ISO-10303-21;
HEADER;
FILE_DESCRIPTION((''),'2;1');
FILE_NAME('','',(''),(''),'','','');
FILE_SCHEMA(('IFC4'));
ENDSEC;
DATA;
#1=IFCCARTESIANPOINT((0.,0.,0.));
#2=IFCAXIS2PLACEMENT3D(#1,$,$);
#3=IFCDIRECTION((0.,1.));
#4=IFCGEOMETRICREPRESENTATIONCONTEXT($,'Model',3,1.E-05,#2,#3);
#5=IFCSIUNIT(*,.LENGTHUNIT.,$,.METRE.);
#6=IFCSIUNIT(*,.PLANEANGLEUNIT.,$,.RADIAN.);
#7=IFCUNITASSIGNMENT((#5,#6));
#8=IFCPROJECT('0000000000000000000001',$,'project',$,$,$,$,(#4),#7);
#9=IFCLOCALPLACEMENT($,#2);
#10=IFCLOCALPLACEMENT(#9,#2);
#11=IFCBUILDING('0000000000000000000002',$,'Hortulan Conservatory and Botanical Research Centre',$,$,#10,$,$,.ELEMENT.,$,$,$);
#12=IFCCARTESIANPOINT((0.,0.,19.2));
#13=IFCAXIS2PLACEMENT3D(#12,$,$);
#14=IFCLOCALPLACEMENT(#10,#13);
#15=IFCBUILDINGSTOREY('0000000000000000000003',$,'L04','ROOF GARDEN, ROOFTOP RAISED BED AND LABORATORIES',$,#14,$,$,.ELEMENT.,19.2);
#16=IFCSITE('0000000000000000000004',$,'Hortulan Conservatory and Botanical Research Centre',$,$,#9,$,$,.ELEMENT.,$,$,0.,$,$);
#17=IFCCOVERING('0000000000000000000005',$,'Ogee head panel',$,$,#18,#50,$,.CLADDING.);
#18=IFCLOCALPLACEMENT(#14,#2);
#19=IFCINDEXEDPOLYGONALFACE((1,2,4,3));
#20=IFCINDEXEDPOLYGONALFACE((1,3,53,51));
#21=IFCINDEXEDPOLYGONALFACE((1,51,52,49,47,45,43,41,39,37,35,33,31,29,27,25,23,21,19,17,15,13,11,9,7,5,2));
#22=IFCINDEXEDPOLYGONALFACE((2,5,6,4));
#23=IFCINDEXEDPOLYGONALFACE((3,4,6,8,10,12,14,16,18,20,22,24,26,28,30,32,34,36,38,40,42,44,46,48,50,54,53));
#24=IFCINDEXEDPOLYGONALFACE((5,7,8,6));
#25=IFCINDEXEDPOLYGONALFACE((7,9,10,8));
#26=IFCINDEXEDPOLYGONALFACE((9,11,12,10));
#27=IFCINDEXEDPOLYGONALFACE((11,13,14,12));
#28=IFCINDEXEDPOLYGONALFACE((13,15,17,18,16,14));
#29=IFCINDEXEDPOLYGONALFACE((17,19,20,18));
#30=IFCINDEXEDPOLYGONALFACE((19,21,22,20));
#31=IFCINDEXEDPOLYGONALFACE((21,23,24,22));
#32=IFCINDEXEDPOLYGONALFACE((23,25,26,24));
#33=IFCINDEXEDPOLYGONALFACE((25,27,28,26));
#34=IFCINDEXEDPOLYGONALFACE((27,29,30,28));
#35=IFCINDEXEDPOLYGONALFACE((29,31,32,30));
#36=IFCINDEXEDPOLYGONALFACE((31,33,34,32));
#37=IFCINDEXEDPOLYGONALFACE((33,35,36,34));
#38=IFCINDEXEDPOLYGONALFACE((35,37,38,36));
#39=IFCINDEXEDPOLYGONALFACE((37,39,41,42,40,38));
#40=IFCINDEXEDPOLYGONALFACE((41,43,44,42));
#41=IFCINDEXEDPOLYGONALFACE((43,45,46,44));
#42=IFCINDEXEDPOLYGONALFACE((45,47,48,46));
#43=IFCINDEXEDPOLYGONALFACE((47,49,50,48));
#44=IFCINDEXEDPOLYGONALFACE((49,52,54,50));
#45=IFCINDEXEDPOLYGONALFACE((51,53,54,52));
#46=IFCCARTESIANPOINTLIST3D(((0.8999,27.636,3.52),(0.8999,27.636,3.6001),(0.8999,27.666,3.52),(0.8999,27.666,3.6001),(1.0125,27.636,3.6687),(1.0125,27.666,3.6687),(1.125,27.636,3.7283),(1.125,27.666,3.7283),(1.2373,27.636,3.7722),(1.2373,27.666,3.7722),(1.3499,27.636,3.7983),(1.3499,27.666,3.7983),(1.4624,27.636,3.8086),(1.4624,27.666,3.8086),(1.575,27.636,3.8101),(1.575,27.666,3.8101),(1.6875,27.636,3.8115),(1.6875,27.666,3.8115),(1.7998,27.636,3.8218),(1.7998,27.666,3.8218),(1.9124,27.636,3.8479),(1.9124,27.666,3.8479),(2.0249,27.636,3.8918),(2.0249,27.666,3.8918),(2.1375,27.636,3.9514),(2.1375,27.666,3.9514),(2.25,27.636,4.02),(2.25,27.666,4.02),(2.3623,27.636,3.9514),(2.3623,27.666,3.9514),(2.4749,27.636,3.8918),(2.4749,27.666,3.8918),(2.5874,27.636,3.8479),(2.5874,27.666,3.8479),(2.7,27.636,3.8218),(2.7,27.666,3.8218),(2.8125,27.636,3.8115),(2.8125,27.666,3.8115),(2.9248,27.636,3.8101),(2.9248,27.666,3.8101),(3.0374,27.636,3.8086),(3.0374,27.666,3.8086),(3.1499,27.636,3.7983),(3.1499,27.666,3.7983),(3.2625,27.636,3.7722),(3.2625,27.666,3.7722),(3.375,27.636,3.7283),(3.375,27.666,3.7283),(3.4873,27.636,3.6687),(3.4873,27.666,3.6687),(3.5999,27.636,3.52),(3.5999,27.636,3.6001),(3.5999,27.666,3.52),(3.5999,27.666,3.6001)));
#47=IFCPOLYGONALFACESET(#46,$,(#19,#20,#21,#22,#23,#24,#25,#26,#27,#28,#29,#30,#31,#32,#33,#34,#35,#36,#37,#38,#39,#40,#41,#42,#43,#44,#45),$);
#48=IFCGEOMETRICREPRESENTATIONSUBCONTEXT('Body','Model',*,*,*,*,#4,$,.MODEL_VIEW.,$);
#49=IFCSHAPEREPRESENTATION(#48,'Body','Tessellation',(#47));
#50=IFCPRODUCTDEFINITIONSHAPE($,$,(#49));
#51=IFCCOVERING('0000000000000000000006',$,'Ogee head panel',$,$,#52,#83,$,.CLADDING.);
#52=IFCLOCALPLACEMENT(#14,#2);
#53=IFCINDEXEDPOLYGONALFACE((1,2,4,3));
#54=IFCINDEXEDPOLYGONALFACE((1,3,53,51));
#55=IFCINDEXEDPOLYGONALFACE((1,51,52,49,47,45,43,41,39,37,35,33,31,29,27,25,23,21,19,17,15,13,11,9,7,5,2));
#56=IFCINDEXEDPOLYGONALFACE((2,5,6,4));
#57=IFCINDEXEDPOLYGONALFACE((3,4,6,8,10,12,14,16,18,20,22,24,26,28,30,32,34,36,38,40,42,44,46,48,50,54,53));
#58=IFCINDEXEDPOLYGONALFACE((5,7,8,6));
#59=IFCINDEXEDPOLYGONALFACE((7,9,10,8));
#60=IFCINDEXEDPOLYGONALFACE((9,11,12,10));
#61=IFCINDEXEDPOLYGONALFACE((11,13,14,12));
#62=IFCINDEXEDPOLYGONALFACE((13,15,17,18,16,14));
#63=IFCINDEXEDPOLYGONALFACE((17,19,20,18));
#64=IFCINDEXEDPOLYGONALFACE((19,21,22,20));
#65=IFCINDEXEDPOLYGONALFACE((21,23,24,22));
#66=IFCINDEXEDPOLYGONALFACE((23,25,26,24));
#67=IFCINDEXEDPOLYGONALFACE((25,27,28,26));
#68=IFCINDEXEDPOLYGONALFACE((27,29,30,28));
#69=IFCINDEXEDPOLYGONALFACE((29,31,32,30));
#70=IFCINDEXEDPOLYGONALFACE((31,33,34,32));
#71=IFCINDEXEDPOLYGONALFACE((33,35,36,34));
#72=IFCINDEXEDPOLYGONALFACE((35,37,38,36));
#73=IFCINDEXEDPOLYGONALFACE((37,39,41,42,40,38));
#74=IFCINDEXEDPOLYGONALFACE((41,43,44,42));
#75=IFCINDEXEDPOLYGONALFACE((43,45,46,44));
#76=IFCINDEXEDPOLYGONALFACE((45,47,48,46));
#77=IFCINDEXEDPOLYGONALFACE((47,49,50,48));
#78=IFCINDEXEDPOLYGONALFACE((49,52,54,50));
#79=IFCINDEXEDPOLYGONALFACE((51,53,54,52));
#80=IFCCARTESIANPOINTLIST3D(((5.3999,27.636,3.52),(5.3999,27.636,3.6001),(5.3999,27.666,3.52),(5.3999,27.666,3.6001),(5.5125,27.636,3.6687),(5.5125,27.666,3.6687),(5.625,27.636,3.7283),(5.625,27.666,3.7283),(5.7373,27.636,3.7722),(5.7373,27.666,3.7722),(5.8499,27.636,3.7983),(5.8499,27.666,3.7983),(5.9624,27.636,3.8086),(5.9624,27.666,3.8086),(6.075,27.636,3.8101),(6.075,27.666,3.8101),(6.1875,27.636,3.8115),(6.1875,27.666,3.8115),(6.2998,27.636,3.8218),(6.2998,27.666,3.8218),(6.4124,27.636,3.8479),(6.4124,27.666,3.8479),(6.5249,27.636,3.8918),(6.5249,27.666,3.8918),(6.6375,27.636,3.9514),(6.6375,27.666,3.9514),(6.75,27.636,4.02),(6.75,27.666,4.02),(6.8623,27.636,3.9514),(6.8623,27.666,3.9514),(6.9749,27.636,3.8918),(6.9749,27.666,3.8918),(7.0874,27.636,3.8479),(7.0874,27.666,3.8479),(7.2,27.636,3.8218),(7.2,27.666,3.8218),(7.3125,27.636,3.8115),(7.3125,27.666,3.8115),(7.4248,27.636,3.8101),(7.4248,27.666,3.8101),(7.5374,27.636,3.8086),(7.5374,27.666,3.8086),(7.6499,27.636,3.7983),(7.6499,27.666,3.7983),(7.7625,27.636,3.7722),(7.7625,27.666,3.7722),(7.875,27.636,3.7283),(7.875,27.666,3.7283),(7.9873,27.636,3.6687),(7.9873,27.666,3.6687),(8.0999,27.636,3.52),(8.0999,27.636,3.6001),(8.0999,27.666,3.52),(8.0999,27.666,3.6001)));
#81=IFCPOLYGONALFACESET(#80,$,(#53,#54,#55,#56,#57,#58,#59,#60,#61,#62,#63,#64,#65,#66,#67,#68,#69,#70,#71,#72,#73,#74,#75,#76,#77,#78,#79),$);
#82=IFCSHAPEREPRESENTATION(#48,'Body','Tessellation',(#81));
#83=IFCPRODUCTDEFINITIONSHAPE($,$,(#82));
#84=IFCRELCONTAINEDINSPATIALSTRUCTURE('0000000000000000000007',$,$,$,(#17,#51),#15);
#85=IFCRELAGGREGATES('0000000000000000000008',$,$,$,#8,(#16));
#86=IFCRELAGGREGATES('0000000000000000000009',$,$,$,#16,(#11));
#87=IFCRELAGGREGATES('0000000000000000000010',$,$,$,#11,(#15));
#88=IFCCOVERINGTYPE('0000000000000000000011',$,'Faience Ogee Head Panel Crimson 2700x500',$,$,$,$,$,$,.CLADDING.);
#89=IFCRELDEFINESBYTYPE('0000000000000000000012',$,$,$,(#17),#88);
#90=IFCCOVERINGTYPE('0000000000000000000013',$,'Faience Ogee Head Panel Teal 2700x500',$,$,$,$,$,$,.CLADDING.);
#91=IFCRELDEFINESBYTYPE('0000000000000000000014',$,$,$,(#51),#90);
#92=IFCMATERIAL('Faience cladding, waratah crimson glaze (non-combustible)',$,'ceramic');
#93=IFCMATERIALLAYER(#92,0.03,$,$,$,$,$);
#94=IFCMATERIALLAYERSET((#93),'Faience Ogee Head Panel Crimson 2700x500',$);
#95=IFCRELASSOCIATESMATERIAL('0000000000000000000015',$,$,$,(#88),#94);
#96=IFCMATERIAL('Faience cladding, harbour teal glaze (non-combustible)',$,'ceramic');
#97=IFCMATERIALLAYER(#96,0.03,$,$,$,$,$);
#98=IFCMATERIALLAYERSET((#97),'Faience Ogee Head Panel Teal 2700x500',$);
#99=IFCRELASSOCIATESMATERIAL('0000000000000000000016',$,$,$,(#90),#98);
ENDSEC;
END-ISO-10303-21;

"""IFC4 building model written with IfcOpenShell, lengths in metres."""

from ifc_helpers import new_model, si_unit, direction, frame, origin, place, context, subcontext, project, spatial, polyline, outline, extrude, material, layer, layer_set, type_object, element, save


model = new_model("IFC4")

# Units and contexts
model_context = context("Model", 3, precision=1e-05, world=origin(), true_north=direction((0.0, 1.0)))
body_context = subcontext(model_context, "Body", "Model", "MODEL_VIEW")
ifc_project = project(units=[si_unit("LENGTHUNIT", "METRE"), si_unit("PLANEANGLEUNIT", "RADIAN")], contexts=[model_context])

# Site, building, storey
site_placement = place(None, origin())
site = spatial("IfcSite", under=ifc_project, at=site_placement, Name="Hortulan Conservatory and Botanical Research Centre", CompositionType="ELEMENT", RefElevation=0.0)
building_placement = place(site_placement, origin())
building = spatial("IfcBuilding", under=site, at=building_placement, Name="Hortulan Conservatory and Botanical Research Centre", CompositionType="ELEMENT")
storey_placement = place(building_placement, frame((0.0, 0.0, 19.2)))
storey = spatial("IfcBuildingStorey", under=building, at=storey_placement, Name="L04", Description="ROOF GARDEN, ROOFTOP RAISED BED AND LABORATORIES", CompositionType="ELEMENT", Elevation=19.2)

# Coverings
ifc_material_1 = material(Name="Faience cladding, waratah crimson glaze (non-combustible)", Category="ceramic")
ifc_layer_1 = layer(ifc_material_1, 0.03)
ifc_layer_set_1 = layer_set([ifc_layer_1], Name="Faience Ogee Head Panel Crimson 2700x500")
covering_type_1 = type_object("IfcCoveringType", Name="Faience Ogee Head Panel Crimson 2700x500", PredefinedType="CLADDING", material=ifc_layer_set_1)
covering_1_placement = place(storey_placement, frame((0.8999, 27.6509, 3.52), z_axis=(0.0, 0.0, 1.0), x_axis=(1.0, 0.0, 0.0)))
element("IfcCovering", 1, at=covering_1_placement, inside=storey, type_object=covering_type_1, Name="Ogee head panel", PredefinedType="CLADDING", context=body_context, shape_type="SweptSolid", body=[
    extrude(outline(polyline([(0.0, 0.0), (2.7, 0.0), (2.7, 0.0801), (2.5874, 0.1487), (2.4751, 0.2083), (2.3625, 0.2522), (2.25, 0.2783), (2.1375, 0.2886), (2.0249, 0.29), (1.9126, 0.2915), (1.8, 0.3018), (1.6875, 0.3279), (1.575, 0.3718), (1.4624, 0.4314), (1.3501, 0.5), (1.2375, 0.4314), (1.125, 0.3718), (1.0125, 0.3279), (0.8999, 0.3018), (0.7876, 0.2915), (0.675, 0.29), (0.5625, 0.2886), (0.45, 0.2783), (0.3374, 0.2522), (0.2251, 0.2083), (0.1125, 0.1487), (0.0, 0.0801), (0.0, 0.0)])), frame((0.0, 0.0151, 0.0), z_axis=(0.0, -1.0, 0.0), x_axis=(1.0, 0.0, 0.0)), (0.0, 0.0, 1.0), 0.03),
])
ifc_material_2 = material(Name="Faience cladding, harbour teal glaze (non-combustible)", Category="ceramic")
ifc_layer_2 = layer(ifc_material_2, 0.03)
ifc_layer_set_2 = layer_set([ifc_layer_2], Name="Faience Ogee Head Panel Teal 2700x500")
covering_type_2 = type_object("IfcCoveringType", Name="Faience Ogee Head Panel Teal 2700x500", PredefinedType="CLADDING", material=ifc_layer_set_2)
covering_2_placement = place(storey_placement, frame((5.3999, 27.6509, 3.52), z_axis=(0.0, 0.0, 1.0), x_axis=(1.0, 0.0, 0.0)))
element("IfcCovering", 2, at=covering_2_placement, inside=storey, type_object=covering_type_2, Name="Ogee head panel", PredefinedType="CLADDING", context=body_context, shape_type="SweptSolid", body=[
    extrude(outline(polyline([(0.0, 0.0), (2.7, 0.0), (2.7, 0.0801), (2.5874, 0.1487), (2.4751, 0.2083), (2.3625, 0.2522), (2.25, 0.2783), (2.1375, 0.2886), (2.0249, 0.29), (1.9126, 0.2915), (1.8, 0.3018), (1.6875, 0.3279), (1.575, 0.3718), (1.4624, 0.4314), (1.3501, 0.5), (1.2375, 0.4314), (1.125, 0.3718), (1.0125, 0.3279), (0.8999, 0.3018), (0.7876, 0.2915), (0.675, 0.29), (0.5625, 0.2886), (0.45, 0.2783), (0.3374, 0.2522), (0.2251, 0.2083), (0.1125, 0.1487), (0.0, 0.0801), (0.0, 0.0)])), frame((0.0, 0.0151, 0.0), z_axis=(0.0, -1.0, 0.0), x_axis=(1.0, 0.0, 0.0)), (0.0, 0.0, 1.0), 0.03),
])

save(model, "model.ifc")
